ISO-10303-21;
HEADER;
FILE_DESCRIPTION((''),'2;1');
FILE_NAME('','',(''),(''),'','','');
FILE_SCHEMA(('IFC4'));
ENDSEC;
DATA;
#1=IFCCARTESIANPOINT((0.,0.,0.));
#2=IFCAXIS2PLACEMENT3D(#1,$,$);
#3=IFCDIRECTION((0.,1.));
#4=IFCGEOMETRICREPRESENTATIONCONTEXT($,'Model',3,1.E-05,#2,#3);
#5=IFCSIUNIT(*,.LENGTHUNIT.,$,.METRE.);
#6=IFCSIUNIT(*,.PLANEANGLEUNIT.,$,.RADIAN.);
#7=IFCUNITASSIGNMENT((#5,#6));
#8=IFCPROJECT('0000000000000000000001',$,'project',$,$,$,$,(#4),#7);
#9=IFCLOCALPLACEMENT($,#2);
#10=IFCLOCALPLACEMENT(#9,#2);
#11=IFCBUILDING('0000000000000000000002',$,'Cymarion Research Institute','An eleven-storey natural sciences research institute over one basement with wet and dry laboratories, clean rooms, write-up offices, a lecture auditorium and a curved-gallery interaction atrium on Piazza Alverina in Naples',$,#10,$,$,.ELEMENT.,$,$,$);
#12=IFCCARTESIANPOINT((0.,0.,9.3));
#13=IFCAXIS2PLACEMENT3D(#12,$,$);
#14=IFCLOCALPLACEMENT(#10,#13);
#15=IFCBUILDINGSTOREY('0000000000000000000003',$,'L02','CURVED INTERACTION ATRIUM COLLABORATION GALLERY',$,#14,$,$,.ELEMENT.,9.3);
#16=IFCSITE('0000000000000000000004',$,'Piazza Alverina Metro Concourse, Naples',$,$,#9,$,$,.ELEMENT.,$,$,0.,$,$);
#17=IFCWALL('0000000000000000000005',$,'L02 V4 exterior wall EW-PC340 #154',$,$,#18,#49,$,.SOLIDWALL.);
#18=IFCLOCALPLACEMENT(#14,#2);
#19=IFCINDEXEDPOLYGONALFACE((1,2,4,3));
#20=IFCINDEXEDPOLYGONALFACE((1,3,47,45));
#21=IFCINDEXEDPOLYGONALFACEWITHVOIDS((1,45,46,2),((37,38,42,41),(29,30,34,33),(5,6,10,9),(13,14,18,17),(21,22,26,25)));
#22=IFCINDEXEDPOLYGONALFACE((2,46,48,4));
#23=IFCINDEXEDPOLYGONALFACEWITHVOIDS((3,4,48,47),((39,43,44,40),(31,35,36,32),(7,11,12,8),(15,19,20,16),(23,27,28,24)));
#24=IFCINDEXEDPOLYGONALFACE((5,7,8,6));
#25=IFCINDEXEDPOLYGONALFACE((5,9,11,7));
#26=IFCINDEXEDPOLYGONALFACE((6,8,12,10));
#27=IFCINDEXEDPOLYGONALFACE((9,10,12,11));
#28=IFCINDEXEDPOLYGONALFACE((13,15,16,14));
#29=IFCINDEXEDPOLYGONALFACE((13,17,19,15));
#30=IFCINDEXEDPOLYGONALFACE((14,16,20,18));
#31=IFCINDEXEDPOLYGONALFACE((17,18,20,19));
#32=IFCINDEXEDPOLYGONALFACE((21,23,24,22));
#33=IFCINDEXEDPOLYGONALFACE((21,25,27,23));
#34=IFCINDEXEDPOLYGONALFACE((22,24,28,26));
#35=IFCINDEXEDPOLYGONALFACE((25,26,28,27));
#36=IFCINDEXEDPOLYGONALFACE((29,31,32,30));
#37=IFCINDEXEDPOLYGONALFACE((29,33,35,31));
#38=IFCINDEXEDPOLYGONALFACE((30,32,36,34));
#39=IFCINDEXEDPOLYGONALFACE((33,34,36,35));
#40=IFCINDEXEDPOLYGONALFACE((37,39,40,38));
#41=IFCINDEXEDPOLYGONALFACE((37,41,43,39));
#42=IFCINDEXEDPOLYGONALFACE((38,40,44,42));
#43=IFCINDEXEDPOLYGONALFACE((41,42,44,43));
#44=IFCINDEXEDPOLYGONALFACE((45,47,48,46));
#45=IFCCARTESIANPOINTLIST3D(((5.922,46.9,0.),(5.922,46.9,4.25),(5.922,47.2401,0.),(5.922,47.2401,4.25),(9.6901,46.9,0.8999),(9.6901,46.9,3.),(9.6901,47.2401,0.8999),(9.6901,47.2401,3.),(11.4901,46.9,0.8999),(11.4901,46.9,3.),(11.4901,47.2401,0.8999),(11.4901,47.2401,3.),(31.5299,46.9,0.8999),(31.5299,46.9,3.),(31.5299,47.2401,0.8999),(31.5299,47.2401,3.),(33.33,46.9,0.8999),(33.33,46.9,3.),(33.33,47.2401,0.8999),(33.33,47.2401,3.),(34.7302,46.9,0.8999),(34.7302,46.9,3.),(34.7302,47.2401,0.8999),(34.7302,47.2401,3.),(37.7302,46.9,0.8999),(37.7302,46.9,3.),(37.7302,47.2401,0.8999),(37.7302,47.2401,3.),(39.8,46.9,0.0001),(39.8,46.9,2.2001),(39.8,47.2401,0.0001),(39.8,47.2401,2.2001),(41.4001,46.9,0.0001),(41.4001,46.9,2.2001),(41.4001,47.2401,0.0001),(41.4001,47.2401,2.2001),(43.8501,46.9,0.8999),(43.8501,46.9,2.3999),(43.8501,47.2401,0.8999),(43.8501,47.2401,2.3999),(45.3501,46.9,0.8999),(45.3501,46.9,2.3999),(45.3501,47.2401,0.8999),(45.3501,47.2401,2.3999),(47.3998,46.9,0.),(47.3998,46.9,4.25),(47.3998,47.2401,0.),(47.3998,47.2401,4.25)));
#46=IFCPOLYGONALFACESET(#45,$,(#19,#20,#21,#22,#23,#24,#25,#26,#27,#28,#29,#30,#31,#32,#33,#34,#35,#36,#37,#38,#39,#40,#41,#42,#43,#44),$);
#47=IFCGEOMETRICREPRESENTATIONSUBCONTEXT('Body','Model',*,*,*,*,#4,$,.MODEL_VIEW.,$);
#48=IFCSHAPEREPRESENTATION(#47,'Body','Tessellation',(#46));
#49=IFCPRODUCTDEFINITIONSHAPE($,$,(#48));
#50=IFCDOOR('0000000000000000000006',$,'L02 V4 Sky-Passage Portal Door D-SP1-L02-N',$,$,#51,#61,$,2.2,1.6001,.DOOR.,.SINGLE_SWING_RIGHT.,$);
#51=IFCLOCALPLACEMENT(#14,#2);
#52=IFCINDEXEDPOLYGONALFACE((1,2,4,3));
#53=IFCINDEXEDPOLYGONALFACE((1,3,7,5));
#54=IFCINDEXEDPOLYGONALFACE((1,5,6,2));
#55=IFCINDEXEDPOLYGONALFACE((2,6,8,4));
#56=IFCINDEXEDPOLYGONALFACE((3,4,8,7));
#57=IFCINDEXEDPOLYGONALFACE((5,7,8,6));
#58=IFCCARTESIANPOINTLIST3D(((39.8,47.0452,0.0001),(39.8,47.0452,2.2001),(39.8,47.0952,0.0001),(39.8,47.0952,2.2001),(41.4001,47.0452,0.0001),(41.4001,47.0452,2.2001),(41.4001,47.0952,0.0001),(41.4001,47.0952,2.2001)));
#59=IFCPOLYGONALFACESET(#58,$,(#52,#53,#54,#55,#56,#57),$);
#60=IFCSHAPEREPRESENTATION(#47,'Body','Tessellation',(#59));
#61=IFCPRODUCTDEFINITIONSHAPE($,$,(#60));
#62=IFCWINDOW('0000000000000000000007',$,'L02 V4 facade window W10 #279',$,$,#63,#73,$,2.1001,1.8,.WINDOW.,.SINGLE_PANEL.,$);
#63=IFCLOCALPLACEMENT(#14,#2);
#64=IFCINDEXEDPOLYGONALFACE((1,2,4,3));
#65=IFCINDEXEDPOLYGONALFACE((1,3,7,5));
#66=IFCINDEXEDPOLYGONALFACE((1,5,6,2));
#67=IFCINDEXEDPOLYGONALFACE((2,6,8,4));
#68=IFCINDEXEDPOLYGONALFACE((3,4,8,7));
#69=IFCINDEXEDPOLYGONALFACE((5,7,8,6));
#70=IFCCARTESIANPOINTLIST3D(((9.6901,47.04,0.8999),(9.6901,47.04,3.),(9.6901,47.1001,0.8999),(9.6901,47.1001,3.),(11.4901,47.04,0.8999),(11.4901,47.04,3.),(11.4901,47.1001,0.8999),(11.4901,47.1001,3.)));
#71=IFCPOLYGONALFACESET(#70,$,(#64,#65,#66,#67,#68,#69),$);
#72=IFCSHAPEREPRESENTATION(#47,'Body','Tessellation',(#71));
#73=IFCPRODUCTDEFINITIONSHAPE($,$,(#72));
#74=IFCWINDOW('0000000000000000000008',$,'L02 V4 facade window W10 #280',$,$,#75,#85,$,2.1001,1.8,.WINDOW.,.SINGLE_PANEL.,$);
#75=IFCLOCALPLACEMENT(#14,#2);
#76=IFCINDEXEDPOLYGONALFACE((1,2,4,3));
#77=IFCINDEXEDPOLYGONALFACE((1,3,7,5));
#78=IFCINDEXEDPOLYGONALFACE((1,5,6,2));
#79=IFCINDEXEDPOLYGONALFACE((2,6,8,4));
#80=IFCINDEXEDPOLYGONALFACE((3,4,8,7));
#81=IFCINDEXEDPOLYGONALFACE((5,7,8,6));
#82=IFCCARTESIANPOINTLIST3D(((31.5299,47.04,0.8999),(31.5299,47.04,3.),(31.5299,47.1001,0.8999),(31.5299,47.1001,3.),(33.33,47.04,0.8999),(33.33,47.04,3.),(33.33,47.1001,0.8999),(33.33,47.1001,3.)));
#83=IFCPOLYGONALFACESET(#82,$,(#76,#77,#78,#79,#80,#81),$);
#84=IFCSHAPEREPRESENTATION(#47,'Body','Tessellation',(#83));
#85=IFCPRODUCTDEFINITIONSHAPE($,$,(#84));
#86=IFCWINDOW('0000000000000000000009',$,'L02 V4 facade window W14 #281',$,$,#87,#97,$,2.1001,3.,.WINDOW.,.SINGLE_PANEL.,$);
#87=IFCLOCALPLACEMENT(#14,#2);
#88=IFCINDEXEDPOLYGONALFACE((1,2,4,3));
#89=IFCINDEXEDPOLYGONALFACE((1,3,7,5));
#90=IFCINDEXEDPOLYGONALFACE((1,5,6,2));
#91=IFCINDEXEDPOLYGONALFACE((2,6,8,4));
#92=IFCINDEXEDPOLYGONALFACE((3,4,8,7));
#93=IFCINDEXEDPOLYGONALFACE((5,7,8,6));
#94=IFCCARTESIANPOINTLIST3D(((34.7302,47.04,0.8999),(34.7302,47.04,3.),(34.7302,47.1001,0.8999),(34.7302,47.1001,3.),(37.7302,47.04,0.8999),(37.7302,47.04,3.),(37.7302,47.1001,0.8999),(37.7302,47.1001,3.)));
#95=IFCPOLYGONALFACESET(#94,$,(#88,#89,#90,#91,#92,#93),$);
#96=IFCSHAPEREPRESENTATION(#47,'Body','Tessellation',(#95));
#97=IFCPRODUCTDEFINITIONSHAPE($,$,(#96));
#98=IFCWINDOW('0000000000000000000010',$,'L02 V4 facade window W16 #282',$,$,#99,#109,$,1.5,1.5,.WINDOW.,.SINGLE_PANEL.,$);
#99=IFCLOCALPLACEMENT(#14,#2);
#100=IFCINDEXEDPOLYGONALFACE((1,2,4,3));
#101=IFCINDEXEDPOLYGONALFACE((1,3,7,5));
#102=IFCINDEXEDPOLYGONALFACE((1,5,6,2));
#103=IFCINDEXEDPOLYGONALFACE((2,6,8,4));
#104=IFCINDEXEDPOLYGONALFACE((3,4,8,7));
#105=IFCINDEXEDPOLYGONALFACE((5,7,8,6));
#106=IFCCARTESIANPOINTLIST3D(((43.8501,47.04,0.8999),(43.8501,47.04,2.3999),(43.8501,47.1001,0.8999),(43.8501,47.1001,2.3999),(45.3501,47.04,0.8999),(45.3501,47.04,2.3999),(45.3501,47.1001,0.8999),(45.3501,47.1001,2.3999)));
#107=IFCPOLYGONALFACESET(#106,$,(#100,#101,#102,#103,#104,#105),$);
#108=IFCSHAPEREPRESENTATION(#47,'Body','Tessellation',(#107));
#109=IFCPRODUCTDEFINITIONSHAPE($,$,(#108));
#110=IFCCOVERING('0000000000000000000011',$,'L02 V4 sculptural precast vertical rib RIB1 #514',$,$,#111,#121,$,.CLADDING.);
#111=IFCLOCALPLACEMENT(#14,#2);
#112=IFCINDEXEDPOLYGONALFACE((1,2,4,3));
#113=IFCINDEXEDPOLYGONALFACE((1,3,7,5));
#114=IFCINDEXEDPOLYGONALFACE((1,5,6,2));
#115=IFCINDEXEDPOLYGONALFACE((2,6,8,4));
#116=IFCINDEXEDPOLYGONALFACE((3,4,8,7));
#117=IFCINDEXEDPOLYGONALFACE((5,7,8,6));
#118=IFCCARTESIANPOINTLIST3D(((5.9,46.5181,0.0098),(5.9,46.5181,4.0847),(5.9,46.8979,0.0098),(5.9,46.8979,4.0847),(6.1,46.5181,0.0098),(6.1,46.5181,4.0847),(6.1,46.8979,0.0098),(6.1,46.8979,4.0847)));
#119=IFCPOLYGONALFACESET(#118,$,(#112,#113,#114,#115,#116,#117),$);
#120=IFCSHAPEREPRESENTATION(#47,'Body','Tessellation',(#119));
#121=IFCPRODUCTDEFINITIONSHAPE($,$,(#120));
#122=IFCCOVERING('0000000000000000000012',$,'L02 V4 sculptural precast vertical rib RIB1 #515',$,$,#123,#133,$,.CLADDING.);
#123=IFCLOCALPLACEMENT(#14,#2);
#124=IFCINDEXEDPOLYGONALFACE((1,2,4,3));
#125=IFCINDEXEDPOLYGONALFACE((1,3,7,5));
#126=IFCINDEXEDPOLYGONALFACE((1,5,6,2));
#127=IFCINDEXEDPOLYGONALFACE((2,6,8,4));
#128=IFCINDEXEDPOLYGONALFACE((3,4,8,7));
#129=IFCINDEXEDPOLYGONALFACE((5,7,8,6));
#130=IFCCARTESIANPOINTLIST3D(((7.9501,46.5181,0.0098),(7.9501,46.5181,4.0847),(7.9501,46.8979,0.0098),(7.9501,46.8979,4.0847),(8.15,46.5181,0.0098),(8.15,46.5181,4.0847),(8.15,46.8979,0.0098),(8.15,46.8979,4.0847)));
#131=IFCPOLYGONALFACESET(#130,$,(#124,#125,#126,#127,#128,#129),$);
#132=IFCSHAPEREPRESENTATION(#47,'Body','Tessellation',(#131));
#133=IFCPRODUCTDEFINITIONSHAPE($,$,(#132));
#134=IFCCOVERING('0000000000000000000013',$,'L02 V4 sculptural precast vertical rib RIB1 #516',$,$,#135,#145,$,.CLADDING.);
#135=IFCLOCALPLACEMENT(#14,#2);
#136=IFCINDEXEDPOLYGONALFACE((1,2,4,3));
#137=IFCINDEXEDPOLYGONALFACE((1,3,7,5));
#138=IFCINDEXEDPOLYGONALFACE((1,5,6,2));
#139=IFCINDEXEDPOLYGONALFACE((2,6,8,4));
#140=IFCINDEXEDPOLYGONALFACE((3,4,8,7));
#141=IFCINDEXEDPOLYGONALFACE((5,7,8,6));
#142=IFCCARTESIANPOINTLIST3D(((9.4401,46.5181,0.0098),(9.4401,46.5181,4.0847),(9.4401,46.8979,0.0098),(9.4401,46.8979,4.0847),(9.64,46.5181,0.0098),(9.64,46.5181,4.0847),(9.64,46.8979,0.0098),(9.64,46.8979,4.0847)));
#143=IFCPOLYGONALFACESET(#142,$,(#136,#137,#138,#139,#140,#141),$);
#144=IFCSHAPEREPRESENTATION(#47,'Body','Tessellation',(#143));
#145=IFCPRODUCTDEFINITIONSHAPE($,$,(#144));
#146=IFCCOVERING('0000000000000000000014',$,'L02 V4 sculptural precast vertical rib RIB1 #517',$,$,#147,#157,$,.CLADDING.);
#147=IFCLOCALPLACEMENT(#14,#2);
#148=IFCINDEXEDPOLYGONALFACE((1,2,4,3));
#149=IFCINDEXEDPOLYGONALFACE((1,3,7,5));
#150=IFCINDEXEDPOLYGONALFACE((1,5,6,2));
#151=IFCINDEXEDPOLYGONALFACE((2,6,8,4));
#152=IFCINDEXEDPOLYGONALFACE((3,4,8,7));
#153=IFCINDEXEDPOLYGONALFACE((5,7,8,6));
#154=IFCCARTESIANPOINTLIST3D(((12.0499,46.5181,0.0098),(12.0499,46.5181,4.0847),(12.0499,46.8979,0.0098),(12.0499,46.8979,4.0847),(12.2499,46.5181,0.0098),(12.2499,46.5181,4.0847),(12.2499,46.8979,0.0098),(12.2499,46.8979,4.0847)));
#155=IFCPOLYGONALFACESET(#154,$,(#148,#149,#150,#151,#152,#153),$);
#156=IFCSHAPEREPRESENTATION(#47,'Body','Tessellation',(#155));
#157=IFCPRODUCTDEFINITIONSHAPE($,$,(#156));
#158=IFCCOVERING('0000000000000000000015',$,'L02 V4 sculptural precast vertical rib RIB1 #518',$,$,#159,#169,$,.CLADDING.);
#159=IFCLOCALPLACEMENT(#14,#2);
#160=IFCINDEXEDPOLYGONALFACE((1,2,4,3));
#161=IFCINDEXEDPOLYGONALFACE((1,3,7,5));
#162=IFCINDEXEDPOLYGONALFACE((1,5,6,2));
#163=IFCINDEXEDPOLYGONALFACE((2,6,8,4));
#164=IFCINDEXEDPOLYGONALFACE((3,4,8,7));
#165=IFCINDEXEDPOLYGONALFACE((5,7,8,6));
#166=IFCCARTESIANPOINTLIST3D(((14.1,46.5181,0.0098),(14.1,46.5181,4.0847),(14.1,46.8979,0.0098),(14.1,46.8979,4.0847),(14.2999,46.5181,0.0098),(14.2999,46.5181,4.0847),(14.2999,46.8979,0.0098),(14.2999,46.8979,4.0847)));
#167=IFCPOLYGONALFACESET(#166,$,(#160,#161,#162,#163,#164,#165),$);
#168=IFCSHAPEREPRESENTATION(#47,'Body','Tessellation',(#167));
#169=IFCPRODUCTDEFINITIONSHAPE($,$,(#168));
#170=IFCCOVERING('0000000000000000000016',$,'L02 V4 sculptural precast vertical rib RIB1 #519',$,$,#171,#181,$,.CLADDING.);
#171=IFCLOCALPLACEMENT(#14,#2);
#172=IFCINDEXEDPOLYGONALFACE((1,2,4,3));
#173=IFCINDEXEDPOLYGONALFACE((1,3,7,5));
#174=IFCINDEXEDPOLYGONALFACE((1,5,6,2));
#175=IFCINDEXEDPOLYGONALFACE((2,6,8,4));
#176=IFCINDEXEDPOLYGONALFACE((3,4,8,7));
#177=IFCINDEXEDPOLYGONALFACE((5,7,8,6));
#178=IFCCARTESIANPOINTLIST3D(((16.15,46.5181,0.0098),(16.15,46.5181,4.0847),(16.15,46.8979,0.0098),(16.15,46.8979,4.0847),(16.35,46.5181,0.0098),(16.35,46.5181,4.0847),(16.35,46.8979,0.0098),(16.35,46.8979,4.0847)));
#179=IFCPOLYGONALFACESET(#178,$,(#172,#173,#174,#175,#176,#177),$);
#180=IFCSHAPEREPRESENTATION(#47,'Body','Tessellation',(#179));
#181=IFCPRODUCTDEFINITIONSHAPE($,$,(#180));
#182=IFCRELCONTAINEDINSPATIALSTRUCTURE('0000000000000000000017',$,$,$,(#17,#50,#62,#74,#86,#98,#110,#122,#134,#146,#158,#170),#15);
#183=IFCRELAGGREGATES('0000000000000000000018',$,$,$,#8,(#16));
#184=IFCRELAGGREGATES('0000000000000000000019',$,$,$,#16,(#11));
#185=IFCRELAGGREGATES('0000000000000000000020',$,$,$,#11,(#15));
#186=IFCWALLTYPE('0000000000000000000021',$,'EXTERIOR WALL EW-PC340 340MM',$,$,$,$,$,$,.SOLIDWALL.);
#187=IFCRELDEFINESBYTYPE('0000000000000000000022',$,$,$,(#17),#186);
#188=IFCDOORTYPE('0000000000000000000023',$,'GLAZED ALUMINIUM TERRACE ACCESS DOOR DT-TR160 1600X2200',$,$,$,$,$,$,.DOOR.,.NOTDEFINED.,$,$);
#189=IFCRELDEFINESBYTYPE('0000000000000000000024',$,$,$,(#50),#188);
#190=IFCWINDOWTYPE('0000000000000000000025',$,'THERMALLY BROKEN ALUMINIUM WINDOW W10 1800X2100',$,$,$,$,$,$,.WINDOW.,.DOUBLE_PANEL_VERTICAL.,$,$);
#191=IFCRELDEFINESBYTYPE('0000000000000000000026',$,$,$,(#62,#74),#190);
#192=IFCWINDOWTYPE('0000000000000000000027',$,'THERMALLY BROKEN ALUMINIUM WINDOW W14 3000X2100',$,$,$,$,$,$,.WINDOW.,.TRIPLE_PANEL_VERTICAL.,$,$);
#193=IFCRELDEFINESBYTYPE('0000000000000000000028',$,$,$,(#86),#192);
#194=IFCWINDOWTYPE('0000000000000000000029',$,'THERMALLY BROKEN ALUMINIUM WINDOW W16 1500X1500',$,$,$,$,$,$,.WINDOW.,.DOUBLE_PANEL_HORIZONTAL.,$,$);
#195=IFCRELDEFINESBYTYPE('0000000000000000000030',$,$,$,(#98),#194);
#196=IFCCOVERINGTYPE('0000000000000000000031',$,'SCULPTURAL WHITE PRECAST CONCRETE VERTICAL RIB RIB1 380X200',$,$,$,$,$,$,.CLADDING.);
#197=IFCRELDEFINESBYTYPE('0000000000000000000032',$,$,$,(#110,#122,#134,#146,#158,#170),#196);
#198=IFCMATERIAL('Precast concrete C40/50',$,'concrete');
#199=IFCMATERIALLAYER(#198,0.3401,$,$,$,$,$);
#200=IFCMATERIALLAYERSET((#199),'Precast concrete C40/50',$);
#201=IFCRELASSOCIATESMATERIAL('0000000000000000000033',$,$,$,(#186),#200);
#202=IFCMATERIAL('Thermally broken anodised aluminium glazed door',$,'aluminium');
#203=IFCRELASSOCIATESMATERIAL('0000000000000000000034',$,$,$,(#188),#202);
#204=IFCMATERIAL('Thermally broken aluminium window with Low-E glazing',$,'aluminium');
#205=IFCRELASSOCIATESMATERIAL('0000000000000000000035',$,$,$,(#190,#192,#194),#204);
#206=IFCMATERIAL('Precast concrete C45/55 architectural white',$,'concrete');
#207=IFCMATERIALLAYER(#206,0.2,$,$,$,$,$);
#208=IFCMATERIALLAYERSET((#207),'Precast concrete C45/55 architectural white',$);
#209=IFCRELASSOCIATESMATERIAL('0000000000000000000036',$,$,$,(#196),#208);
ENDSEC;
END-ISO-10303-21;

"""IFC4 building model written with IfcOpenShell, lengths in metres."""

from ifc_helpers import new_model, si_unit, direction, frame, frame_2d, origin, origin_2d, place, context, subcontext, project, spatial, rectangle, extrude, material, layer, layer_set, type_object, element, fill, save


model = new_model("IFC4")

# Units and contexts
model_context = context("Model", 3, precision=1e-05, world=origin(), true_north=direction((0.0, 1.0)))
body_context = subcontext(model_context, "Body", "Model", "MODEL_VIEW")
ifc_project = project(units=[si_unit("LENGTHUNIT", "METRE"), si_unit("PLANEANGLEUNIT", "RADIAN")], contexts=[model_context])

# Site, building, storey
site_placement = place(None, origin())
site = spatial("IfcSite", under=ifc_project, at=site_placement, Name="Piazza Alverina Metro Concourse, Naples", CompositionType="ELEMENT", RefElevation=0.0)
building_placement = place(site_placement, origin())
building = spatial("IfcBuilding", under=site, at=building_placement, Name="Cymarion Research Institute", Description="An eleven-storey natural sciences research institute over one basement with wet and dry laboratories, clean rooms, write-up offices, a lecture auditorium and a curved-gallery interaction atrium on Piazza Alverina in Naples", CompositionType="ELEMENT")
storey_placement = place(building_placement, frame((0.0, 0.0, 9.3)))
storey = spatial("IfcBuildingStorey", under=building, at=storey_placement, Name="L02", Description="CURVED INTERACTION ATRIUM COLLABORATION GALLERY", CompositionType="ELEMENT", Elevation=9.3)

# Wall, openings, door, windows
ifc_material_1 = material(Name="Precast concrete C40/50", Category="concrete")
ifc_layer_1 = layer(ifc_material_1, 0.3401)
ifc_layer_set_1 = layer_set([ifc_layer_1], Name="Precast concrete C40/50")
wall_type = type_object("IfcWallType", Name="EXTERIOR WALL EW-PC340 340MM", PredefinedType="SOLIDWALL", material=ifc_layer_set_1)
wall_placement = place(storey_placement, frame((5.9221, 47.0701, 0.0), z_axis=(0.0, 0.0, 1.0), x_axis=(1.0, 0.0, 0.0)))
wall = element("IfcWall", 1, at=wall_placement, inside=storey, type_object=wall_type, Name="L02 V4 exterior wall EW-PC340 #154", PredefinedType="SOLIDWALL", context=body_context, shape_type="SweptSolid", body=[
    extrude(rectangle(XDim=41.4778, YDim=0.3401, at=frame_2d((20.7388, 0.0))), origin(), (0.0, 0.0, 1.0), 4.25),
])
opening_1_placement = place(wall_placement, frame((33.8779, 0.0, 0.0)))
opening_1 = element("IfcOpeningElement", 2, at=opening_1_placement, cuts=wall, PredefinedType="OPENING", context=body_context, shape_type="SweptSolid", body=[
    extrude(rectangle(XDim=1.6001, YDim=2.2, at=frame_2d((0.8, 1.1001))), frame((0.0, 0.1799, 0.0), z_axis=(0.0, -1.0, 0.0), x_axis=(1.0, 0.0, 0.0)), (0.0, 0.0, 1.0), 0.3601),
])
opening_2_placement = place(wall_placement, frame((3.7681, 0.0, 0.8999)))
opening_2 = element("IfcOpeningElement", 3, at=opening_2_placement, cuts=wall, PredefinedType="OPENING", context=body_context, shape_type="SweptSolid", body=[
    extrude(rectangle(XDim=1.8, YDim=2.1001, at=frame_2d((0.8999, 1.05))), frame((0.0, 0.1799, 0.0), z_axis=(0.0, -1.0, 0.0), x_axis=(1.0, 0.0, 0.0)), (0.0, 0.0, 1.0), 0.3601),
])
opening_3_placement = place(wall_placement, frame((25.6079, 0.0, 0.8999)))
opening_3 = element("IfcOpeningElement", 4, at=opening_3_placement, cuts=wall, PredefinedType="OPENING", context=body_context, shape_type="SweptSolid", body=[
    extrude(rectangle(XDim=1.8, YDim=2.1001, at=frame_2d((0.8999, 1.05))), frame((0.0, 0.1799, 0.0), z_axis=(0.0, -1.0, 0.0), x_axis=(1.0, 0.0, 0.0)), (0.0, 0.0, 1.0), 0.3601),
])
opening_4_placement = place(wall_placement, frame((28.8081, 0.0, 0.8999)))
opening_4 = element("IfcOpeningElement", 5, at=opening_4_placement, cuts=wall, PredefinedType="OPENING", context=body_context, shape_type="SweptSolid", body=[
    extrude(rectangle(XDim=3.0, YDim=2.1001, at=frame_2d((1.5, 1.05))), frame((0.0, 0.1799, 0.0), z_axis=(0.0, -1.0, 0.0), x_axis=(1.0, 0.0, 0.0)), (0.0, 0.0, 1.0), 0.3601),
])
opening_5_placement = place(wall_placement, frame((37.928, 0.0, 0.8999)))
opening_5 = element("IfcOpeningElement", 6, at=opening_5_placement, cuts=wall, PredefinedType="OPENING", context=body_context, shape_type="SweptSolid", body=[
    extrude(rectangle(XDim=1.5, YDim=1.5, at=frame_2d((0.75, 0.75))), frame((0.0, 0.1799, 0.0), z_axis=(0.0, -1.0, 0.0), x_axis=(1.0, 0.0, 0.0)), (0.0, 0.0, 1.0), 0.3601),
])
ifc_material_2 = material(Name="Thermally broken anodised aluminium glazed door", Category="aluminium")
door_type = type_object("IfcDoorType", Name="GLAZED ALUMINIUM TERRACE ACCESS DOOR DT-TR160 1600X2200", OperationType="NOTDEFINED", PredefinedType="DOOR", material=ifc_material_2)
door_placement = place(opening_1_placement, frame((1.6001, 0.0, 0.0), z_axis=(0.0, 0.0, 1.0), x_axis=(-1.0, 0.0, 0.0)))
door = element("IfcDoor", 7, at=door_placement, inside=storey, type_object=door_type, Name="L02 V4 Sky-Passage Portal Door D-SP1-L02-N", OperationType="SINGLE_SWING_RIGHT", OverallHeight=2.2, OverallWidth=1.6001, PredefinedType="DOOR", context=body_context, shape_type="SweptSolid", body=[
    extrude(rectangle(XDim=1.6001, YDim=2.2, at=frame_2d((0.8, 1.1001))), frame((0.0, 0.0249, 0.0), z_axis=(0.0, -1.0, 0.0), x_axis=(1.0, 0.0, 0.0)), (0.0, 0.0, 1.0), 0.05),
])
fill(opening_1, door)
ifc_material_3 = material(Name="Thermally broken aluminium window with Low-E glazing", Category="aluminium")
window_type_1 = type_object("IfcWindowType", Name="THERMALLY BROKEN ALUMINIUM WINDOW W10 1800X2100", PartitioningType="DOUBLE_PANEL_VERTICAL", PredefinedType="WINDOW", material=ifc_material_3)
window_1_placement = place(opening_2_placement, origin())
window_1 = element("IfcWindow", 8, at=window_1_placement, inside=storey, type_object=window_type_1, Name="L02 V4 facade window W10 #279", OverallHeight=2.1001, OverallWidth=1.8, PartitioningType="SINGLE_PANEL", PredefinedType="WINDOW", context=body_context, shape_type="SweptSolid", body=[
    extrude(rectangle(XDim=1.8, YDim=2.1001, at=frame_2d((0.8999, 1.05))), frame((0.0, 0.03, 0.0), z_axis=(0.0, -1.0, 0.0), x_axis=(1.0, 0.0, 0.0)), (0.0, 0.0, 1.0), 0.0601),
])
fill(opening_2, window_1)
window_2_placement = place(opening_3_placement, origin())
window_2 = element("IfcWindow", 9, at=window_2_placement, inside=storey, type_object=window_type_1, Name="L02 V4 facade window W10 #280", OverallHeight=2.1001, OverallWidth=1.8, PartitioningType="SINGLE_PANEL", PredefinedType="WINDOW", context=body_context, shape_type="SweptSolid", body=[
    extrude(rectangle(XDim=1.8, YDim=2.1001, at=frame_2d((0.8999, 1.05))), frame((0.0, 0.03, 0.0), z_axis=(0.0, -1.0, 0.0), x_axis=(1.0, 0.0, 0.0)), (0.0, 0.0, 1.0), 0.0601),
])
fill(opening_3, window_2)
window_type_2 = type_object("IfcWindowType", Name="THERMALLY BROKEN ALUMINIUM WINDOW W14 3000X2100", PartitioningType="TRIPLE_PANEL_VERTICAL", PredefinedType="WINDOW", material=ifc_material_3)
window_3_placement = place(opening_4_placement, origin())
window_3 = element("IfcWindow", 10, at=window_3_placement, inside=storey, type_object=window_type_2, Name="L02 V4 facade window W14 #281", OverallHeight=2.1001, OverallWidth=3.0, PartitioningType="SINGLE_PANEL", PredefinedType="WINDOW", context=body_context, shape_type="SweptSolid", body=[
    extrude(rectangle(XDim=3.0, YDim=2.1001, at=frame_2d((1.5, 1.05))), frame((0.0, 0.03, 0.0), z_axis=(0.0, -1.0, 0.0), x_axis=(1.0, 0.0, 0.0)), (0.0, 0.0, 1.0), 0.0601),
])
fill(opening_4, window_3)
window_type_3 = type_object("IfcWindowType", Name="THERMALLY BROKEN ALUMINIUM WINDOW W16 1500X1500", PartitioningType="DOUBLE_PANEL_HORIZONTAL", PredefinedType="WINDOW", material=ifc_material_3)
window_4_placement = place(opening_5_placement, origin())
window_4 = element("IfcWindow", 11, at=window_4_placement, inside=storey, type_object=window_type_3, Name="L02 V4 facade window W16 #282", OverallHeight=1.5, OverallWidth=1.5, PartitioningType="SINGLE_PANEL", PredefinedType="WINDOW", context=body_context, shape_type="SweptSolid", body=[
    extrude(rectangle(XDim=1.5, YDim=1.5, at=frame_2d((0.75, 0.75))), frame((0.0, 0.03, 0.0), z_axis=(0.0, -1.0, 0.0), x_axis=(1.0, 0.0, 0.0)), (0.0, 0.0, 1.0), 0.0601),
])
fill(opening_5, window_4)

# Coverings
ifc_material_4 = material(Name="Precast concrete C45/55 architectural white", Category="concrete")
ifc_layer_2 = layer(ifc_material_4, 0.2)
ifc_layer_set_2 = layer_set([ifc_layer_2], Name="Precast concrete C45/55 architectural white")
covering_type = type_object("IfcCoveringType", Name="SCULPTURAL WHITE PRECAST CONCRETE VERTICAL RIB RIB1 380X200", PredefinedType="CLADDING", material=ifc_layer_set_2)
for number, where, z_axis, x_axis, name in (
    (12, (6.0, 46.708, 0.0098), (0.0, 0.0, 1.0), (0.0, -1.0, 0.0), "L02 V4 sculptural precast vertical rib RIB1 #514"),
    (13, (8.05, 46.708, 0.0098), (0.0, 0.0, 1.0), (0.0, -1.0, 0.0), "L02 V4 sculptural precast vertical rib RIB1 #515"),
    (14, (9.54, 46.708, 0.0098), (0.0, 0.0, 1.0), (0.0, -1.0, 0.0), "L02 V4 sculptural precast vertical rib RIB1 #516"),
    (15, (12.1499, 46.708, 0.0098), (0.0, 0.0, 1.0), (0.0, -1.0, 0.0), "L02 V4 sculptural precast vertical rib RIB1 #517"),
    (16, (14.2, 46.708, 0.0098), (0.0, 0.0, 1.0), (0.0, -1.0, 0.0), "L02 V4 sculptural precast vertical rib RIB1 #518"),
    (17, (16.25, 46.708, 0.0098), (0.0, 0.0, 1.0), (0.0, -1.0, 0.0), "L02 V4 sculptural precast vertical rib RIB1 #519"),
):
    element("IfcCovering", number, at=place(storey_placement, frame(where, z_axis=z_axis, x_axis=x_axis)), inside=storey, type_object=covering_type, Name=name, PredefinedType="CLADDING", context=body_context, shape_type="SweptSolid", body=[
        extrude(rectangle(XDim=0.3799, YDim=0.2, at=origin_2d()), origin(), (0.0, 0.0, 1.0), 4.075),
    ])

save(model, "model.ifc")
